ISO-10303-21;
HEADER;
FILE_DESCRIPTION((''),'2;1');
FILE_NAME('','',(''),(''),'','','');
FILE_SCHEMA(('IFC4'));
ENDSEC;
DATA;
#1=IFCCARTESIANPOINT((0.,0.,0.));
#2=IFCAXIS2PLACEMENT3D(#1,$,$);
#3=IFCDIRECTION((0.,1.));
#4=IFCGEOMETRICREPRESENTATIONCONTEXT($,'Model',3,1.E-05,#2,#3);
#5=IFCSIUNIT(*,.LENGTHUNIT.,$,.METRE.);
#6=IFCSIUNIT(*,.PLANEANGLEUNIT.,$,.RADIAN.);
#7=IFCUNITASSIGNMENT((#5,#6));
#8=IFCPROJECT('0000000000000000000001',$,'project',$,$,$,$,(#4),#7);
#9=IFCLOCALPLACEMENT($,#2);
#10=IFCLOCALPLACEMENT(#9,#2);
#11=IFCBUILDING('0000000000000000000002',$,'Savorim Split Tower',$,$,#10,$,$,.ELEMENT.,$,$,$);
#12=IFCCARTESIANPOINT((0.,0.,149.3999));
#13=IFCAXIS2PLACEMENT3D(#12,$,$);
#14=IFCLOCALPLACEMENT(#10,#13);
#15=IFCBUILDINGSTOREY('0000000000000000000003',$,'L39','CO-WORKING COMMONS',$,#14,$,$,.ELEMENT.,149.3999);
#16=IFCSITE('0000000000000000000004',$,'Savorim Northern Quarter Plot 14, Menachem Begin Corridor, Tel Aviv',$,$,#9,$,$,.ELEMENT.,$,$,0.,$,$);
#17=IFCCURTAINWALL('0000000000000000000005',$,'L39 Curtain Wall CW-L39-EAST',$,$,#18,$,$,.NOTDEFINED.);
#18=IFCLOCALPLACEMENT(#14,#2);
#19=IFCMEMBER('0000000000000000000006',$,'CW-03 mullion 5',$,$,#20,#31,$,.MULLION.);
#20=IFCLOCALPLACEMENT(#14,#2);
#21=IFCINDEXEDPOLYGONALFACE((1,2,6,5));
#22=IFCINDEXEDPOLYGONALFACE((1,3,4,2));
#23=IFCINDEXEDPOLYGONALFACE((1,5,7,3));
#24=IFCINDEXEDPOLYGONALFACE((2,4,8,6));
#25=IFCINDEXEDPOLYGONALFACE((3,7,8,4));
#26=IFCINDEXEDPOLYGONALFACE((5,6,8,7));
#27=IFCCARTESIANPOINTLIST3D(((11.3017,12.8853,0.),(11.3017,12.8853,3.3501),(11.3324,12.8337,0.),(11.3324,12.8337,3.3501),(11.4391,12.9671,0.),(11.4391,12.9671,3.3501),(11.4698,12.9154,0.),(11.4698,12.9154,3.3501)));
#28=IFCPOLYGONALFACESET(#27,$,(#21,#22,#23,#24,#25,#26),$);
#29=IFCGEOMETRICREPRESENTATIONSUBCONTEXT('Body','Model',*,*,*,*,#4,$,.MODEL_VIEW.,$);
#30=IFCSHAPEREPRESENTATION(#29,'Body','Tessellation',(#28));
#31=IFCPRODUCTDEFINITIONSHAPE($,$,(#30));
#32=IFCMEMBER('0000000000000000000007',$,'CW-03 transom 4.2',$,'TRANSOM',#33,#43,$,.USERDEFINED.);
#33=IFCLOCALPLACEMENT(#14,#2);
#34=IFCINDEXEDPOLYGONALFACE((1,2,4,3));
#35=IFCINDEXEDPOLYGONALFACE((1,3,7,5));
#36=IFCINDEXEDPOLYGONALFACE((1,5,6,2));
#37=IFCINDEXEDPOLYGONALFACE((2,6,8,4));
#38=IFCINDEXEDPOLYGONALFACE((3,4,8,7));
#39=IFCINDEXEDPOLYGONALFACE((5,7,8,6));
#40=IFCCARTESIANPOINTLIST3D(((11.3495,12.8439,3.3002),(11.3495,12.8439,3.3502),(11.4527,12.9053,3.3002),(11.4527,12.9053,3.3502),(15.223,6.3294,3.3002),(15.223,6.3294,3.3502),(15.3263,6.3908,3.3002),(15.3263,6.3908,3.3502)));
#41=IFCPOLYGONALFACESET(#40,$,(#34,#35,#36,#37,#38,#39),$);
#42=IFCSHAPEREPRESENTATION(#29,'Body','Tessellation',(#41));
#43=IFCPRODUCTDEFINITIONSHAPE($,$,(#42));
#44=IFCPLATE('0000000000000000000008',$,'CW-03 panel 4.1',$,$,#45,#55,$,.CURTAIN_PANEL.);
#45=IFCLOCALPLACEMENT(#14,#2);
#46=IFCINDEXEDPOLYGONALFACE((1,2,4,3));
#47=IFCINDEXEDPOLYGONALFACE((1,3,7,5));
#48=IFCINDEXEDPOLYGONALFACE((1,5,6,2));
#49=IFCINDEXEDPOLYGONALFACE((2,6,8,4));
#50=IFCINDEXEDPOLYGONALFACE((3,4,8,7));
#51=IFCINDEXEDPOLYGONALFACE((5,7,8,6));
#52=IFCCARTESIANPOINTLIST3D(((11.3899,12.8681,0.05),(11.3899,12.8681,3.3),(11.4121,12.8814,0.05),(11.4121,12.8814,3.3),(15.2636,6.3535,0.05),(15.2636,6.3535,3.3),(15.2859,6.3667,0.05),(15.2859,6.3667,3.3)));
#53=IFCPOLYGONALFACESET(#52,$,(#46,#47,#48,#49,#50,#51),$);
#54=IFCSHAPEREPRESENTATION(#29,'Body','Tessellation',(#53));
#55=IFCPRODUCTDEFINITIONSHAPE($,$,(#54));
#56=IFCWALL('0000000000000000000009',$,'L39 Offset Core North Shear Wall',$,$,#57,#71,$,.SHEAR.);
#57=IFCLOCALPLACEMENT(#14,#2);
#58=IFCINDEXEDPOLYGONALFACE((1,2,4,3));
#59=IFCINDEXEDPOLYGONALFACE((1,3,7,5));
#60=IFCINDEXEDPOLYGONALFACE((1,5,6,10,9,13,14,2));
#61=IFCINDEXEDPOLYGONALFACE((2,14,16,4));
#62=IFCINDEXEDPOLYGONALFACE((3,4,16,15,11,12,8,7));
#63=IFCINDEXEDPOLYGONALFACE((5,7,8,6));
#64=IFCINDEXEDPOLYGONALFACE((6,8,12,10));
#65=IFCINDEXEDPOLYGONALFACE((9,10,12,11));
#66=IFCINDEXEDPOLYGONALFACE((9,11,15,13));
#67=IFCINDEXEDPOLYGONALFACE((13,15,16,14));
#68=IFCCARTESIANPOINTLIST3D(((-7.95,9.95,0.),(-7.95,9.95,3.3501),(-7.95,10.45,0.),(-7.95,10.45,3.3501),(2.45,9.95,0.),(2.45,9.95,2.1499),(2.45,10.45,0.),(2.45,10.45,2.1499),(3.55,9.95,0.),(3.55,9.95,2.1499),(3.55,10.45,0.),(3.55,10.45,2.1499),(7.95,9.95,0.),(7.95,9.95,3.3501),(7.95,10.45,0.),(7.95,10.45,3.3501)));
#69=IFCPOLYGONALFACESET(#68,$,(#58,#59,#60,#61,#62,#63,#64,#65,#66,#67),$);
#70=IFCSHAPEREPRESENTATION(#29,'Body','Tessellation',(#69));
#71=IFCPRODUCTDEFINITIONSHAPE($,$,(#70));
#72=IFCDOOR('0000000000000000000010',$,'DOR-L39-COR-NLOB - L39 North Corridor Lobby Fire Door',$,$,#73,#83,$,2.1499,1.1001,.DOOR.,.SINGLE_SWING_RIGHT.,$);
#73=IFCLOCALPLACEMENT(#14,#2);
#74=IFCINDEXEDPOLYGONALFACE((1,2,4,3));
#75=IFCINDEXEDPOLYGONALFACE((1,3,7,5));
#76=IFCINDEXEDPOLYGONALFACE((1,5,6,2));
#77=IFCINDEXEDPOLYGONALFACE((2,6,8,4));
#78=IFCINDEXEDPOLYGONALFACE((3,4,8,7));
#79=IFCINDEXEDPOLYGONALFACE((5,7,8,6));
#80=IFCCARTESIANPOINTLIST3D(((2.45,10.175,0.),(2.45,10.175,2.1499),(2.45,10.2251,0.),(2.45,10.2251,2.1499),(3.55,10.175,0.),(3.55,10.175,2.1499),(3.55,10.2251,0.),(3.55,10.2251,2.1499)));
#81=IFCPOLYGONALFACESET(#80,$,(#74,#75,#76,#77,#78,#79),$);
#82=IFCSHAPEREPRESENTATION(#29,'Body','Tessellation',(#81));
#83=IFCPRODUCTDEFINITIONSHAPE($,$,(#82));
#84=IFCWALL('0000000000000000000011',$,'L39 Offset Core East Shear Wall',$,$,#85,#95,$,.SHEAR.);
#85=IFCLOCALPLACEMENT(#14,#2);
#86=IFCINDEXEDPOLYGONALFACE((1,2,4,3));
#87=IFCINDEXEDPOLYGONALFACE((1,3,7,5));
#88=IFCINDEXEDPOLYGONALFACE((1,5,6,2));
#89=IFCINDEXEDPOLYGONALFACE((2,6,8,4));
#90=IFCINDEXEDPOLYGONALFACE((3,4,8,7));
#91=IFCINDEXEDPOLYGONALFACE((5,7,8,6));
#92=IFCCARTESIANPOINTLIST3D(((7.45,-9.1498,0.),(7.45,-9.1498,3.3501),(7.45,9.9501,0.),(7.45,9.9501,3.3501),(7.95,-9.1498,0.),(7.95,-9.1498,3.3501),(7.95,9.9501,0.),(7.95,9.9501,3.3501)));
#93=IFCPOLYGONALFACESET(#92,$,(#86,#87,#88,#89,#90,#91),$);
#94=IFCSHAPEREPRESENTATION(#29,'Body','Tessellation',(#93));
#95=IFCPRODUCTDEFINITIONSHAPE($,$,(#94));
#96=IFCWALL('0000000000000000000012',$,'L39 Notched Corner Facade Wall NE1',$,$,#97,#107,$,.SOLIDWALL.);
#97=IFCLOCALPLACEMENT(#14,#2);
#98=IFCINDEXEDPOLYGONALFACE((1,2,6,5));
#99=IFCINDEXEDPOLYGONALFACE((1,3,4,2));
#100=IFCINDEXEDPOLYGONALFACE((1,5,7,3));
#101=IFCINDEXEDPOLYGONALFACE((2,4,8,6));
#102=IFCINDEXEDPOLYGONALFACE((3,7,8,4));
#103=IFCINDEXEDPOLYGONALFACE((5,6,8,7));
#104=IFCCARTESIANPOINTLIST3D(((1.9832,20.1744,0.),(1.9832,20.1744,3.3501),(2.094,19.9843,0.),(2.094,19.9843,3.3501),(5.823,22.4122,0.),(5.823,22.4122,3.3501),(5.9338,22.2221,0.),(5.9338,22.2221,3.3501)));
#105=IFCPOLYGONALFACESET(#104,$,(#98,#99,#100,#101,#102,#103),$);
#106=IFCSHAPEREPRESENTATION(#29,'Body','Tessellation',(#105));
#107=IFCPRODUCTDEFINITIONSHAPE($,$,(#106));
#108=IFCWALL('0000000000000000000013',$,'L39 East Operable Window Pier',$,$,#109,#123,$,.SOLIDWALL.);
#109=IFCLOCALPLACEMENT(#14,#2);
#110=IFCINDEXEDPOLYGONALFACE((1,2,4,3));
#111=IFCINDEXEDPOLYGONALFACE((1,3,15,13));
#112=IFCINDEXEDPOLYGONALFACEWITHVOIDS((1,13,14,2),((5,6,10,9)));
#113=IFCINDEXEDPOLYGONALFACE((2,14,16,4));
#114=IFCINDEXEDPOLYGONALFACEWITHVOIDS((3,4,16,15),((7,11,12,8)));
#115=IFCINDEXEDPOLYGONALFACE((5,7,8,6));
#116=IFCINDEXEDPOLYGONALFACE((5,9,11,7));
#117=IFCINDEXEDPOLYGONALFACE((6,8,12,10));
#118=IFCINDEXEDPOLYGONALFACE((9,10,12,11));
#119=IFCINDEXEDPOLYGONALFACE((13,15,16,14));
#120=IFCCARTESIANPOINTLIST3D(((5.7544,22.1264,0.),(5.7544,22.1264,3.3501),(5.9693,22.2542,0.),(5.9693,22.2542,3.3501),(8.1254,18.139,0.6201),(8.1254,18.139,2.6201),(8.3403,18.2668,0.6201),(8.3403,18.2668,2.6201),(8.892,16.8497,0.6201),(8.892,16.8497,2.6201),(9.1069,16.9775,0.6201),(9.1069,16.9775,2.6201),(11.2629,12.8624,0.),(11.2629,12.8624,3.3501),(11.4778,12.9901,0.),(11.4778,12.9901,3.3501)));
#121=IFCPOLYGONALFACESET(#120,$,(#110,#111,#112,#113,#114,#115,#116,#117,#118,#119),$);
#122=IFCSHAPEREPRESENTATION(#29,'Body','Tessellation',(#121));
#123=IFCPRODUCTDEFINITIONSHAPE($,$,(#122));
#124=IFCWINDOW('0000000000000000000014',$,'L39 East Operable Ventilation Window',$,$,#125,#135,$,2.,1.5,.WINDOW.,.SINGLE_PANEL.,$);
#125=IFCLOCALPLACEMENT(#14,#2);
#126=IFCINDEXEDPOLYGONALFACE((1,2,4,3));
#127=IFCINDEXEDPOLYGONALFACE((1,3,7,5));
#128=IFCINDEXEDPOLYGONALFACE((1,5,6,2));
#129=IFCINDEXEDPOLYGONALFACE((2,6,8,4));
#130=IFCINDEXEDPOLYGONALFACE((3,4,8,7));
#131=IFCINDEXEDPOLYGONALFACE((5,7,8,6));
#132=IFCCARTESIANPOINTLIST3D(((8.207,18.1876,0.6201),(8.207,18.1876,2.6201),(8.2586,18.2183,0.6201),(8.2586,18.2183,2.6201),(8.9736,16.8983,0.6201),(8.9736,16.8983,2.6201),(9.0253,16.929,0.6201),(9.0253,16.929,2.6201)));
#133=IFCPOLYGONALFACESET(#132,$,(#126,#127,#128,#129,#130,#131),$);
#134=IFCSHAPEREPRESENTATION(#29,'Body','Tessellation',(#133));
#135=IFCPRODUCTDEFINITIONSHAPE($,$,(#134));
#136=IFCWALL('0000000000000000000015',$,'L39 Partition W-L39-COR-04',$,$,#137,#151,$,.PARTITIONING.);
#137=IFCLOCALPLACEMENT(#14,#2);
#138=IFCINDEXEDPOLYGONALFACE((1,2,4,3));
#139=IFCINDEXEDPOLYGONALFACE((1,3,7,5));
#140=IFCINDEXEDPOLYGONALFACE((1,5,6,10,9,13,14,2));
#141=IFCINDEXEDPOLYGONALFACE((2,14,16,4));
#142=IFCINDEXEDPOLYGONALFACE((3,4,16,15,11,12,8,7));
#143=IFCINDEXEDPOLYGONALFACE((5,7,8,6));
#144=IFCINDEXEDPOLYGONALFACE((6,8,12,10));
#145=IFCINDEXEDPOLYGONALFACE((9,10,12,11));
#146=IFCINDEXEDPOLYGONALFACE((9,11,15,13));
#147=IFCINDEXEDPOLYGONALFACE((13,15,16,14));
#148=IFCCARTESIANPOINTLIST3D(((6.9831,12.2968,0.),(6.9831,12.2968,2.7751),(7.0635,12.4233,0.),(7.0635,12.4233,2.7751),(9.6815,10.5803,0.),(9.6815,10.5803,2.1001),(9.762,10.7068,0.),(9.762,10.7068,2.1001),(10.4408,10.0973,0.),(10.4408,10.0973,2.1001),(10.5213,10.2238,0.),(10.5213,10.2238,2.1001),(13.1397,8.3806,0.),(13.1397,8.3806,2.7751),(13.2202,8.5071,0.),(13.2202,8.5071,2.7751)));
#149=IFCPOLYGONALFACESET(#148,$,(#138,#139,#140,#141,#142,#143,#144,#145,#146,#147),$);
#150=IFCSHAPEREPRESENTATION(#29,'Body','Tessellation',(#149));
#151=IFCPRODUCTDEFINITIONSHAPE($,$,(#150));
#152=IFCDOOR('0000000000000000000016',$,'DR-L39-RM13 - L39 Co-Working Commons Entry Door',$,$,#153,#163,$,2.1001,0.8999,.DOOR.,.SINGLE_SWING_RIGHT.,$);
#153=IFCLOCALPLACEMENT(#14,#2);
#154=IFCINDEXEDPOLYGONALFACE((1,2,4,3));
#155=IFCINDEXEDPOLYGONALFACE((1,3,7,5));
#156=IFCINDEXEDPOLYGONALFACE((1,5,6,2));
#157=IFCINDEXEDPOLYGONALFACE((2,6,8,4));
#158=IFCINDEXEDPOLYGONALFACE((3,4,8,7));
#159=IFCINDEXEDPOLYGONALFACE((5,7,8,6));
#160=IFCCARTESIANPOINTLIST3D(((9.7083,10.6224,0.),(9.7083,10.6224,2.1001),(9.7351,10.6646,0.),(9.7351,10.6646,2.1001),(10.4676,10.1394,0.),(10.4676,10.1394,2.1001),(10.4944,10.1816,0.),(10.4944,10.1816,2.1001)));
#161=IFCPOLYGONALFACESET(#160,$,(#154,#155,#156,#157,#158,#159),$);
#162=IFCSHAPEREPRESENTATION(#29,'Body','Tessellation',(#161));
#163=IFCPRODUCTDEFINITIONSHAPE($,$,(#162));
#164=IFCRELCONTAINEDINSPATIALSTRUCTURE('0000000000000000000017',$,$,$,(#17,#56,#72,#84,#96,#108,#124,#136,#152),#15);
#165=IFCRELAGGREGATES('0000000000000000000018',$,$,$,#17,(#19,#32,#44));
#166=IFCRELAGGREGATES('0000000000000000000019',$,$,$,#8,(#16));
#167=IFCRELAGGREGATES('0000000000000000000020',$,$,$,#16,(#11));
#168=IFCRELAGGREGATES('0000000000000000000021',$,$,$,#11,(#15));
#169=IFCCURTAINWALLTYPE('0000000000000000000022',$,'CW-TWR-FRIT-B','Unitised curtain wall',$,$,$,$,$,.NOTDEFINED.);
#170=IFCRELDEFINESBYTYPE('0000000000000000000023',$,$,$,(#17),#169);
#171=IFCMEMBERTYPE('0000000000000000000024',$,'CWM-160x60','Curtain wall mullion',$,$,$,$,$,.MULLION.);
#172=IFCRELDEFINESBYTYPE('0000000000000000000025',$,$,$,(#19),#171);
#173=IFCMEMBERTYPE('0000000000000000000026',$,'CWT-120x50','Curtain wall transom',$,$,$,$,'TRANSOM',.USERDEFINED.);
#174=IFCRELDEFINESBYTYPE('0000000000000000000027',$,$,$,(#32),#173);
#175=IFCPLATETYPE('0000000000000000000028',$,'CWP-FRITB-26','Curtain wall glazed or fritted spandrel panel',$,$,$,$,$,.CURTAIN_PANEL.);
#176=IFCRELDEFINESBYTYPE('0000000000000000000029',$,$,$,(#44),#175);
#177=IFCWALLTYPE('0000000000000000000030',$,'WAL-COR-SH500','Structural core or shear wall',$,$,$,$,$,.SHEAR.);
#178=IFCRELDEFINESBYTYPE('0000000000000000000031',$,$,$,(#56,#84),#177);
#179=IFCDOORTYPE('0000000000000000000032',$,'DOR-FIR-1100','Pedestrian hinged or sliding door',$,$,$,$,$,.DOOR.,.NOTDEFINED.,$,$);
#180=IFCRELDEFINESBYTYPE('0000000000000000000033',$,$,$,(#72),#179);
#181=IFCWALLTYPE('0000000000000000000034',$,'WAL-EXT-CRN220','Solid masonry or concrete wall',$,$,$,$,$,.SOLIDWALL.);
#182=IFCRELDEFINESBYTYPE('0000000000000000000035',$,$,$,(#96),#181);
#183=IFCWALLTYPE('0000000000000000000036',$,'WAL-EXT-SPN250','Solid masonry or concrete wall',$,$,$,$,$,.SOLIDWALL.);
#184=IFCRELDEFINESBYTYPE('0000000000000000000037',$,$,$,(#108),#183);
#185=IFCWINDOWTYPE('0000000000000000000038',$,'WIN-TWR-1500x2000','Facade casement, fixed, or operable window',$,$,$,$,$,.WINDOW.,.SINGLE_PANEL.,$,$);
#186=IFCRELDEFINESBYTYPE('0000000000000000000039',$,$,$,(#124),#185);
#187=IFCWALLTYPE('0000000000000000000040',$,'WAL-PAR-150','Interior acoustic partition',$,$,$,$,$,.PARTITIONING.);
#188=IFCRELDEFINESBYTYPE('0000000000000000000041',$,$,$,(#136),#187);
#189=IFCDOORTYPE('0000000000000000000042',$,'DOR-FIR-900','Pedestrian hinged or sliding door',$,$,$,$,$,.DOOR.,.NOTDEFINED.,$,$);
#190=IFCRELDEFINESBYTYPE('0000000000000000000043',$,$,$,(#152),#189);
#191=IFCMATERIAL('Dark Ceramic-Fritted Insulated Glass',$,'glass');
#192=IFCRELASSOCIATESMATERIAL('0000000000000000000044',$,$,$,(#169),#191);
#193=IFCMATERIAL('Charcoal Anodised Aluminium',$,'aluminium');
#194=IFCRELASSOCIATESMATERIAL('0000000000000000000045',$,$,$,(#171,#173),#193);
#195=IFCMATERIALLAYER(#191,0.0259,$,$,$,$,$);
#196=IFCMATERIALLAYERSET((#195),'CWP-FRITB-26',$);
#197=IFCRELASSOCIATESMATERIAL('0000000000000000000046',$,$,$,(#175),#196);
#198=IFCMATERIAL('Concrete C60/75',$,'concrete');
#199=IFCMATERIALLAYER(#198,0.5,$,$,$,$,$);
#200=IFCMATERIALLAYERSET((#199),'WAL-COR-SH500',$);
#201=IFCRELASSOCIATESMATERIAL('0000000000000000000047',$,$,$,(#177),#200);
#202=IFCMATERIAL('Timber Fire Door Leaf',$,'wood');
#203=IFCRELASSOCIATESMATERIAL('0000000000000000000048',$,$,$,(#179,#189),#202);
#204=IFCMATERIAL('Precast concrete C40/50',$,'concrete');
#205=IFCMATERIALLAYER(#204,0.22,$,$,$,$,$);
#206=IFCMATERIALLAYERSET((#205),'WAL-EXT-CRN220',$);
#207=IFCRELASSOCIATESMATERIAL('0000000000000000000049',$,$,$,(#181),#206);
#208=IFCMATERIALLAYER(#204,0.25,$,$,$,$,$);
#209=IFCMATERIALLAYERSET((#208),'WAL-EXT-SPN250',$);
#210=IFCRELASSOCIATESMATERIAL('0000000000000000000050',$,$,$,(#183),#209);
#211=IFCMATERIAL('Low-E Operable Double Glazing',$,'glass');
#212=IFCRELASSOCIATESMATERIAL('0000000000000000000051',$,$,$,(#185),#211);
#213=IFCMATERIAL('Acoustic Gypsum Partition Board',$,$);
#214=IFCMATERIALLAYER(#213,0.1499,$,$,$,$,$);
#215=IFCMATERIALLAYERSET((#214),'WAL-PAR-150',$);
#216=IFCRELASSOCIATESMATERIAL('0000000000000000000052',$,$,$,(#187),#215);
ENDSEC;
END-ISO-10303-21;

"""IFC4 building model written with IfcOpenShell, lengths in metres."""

from ifc_helpers import new_model, si_unit, direction, frame, frame_2d, origin, origin_2d, place, context, subcontext, project, spatial, rectangle, extrude, material, layer, layer_set, material_profile, profile_set, type_object, element, fill, aggregate, save


model = new_model("IFC4")

# Units and contexts
model_context = context("Model", 3, precision=1e-05, world=origin(), true_north=direction((0.0, 1.0)))
body_context = subcontext(model_context, "Body", "Model", "MODEL_VIEW")
ifc_project = project(units=[si_unit("LENGTHUNIT", "METRE"), si_unit("PLANEANGLEUNIT", "RADIAN")], contexts=[model_context])

# Site, building, storey
site_placement = place(None, origin())
site = spatial("IfcSite", under=ifc_project, at=site_placement, Name="Savorim Northern Quarter Plot 14, Menachem Begin Corridor, Tel Aviv", CompositionType="ELEMENT", RefElevation=0.0)
building_placement = place(site_placement, origin())
building = spatial("IfcBuilding", under=site, at=building_placement, Name="Savorim Split Tower", CompositionType="ELEMENT")
storey_placement = place(building_placement, frame((0.0, 0.0, 149.3999)))
storey = spatial("IfcBuildingStorey", under=building, at=storey_placement, Name="L39", Description="CO-WORKING COMMONS", CompositionType="ELEMENT", Elevation=149.3999)

# Curtain wall, members, plate
ifc_material_1 = material(Name="Dark Ceramic-Fritted Insulated Glass", Category="glass")
curtain_wall_type = type_object("IfcCurtainWallType", Name="CW-TWR-FRIT-B", Description="Unitised curtain wall", PredefinedType="NOTDEFINED", material=ifc_material_1)
curtain_wall_placement = place(storey_placement, origin())
curtain_wall = element("IfcCurtainWall", 1, at=curtain_wall_placement, inside=storey, type_object=curtain_wall_type, Name="L39 Curtain Wall CW-L39-EAST", PredefinedType="NOTDEFINED")
ifc_material_2 = material(Name="Charcoal Anodised Aluminium", Category="aluminium")
ifc_material_profile_1 = material_profile(ifc_material_2, rectangle(XDim=0.1599, YDim=0.0601, at=origin_2d()), Name="ALU-M 160x60")
ifc_profile_set_1 = profile_set([ifc_material_profile_1], Name="Charcoal Anodised Aluminium")
member_type_1 = type_object("IfcMemberType", Name="CWM-160x60", Description="Curtain wall mullion", PredefinedType="MULLION", material=ifc_profile_set_1)
member_1_placement = place(storey_placement, frame((11.3857, 12.9004, 0.0), z_axis=(0.0, 0.0, 1.0), x_axis=(-0.859526, -0.511091, 0.0)))
member_1 = element("IfcMember", 2, at=member_1_placement, type_object=member_type_1, Name="CW-03 mullion 5", PredefinedType="MULLION", context=body_context, shape_type="SweptSolid", body=[
    extrude(rectangle(XDim=0.1599, YDim=0.0601, at=origin_2d()), origin(), (0.0, 0.0, 1.0), 3.3501),
])
ifc_material_profile_2 = material_profile(ifc_material_2, rectangle(XDim=0.1201, YDim=0.05, at=origin_2d()), Name="ALU-T 120x50")
ifc_profile_set_2 = profile_set([ifc_material_profile_2], Name="Charcoal Anodised Aluminium")
member_type_2 = type_object("IfcMemberType", Name="CWT-120x50", Description="Curtain wall transom", ElementType="TRANSOM", PredefinedType="USERDEFINED", material=ifc_profile_set_2)
member_2_placement = place(storey_placement, frame((15.2747, 6.3601, 3.3252), z_axis=(-0.511086, 0.85953, 0.0), x_axis=(-0.85953, -0.511086, 0.0)))
member_2 = element("IfcMember", 3, at=member_2_placement, type_object=member_type_2, Name="CW-03 transom 4.2", ObjectType="TRANSOM", PredefinedType="USERDEFINED", context=body_context, shape_type="SweptSolid", body=[
    extrude(rectangle(XDim=0.1201, YDim=0.05, at=origin_2d()), origin(), (0.0, 0.0, 1.0), 7.5791),
])
ifc_layer_1 = layer(ifc_material_1, 0.0259)
ifc_layer_set_1 = layer_set([ifc_layer_1], Name="CWP-FRITB-26")
plate_type = type_object("IfcPlateType", Name="CWP-FRITB-26", Description="Curtain wall glazed or fritted spandrel panel", PredefinedType="CURTAIN_PANEL", material=ifc_layer_set_1)
plate_placement = place(storey_placement, frame((13.3379, 9.6174, 0.05), z_axis=(0.0, 0.0, 1.0), x_axis=(-0.511091, 0.859526, 0.0)))
plate = element("IfcPlate", 4, at=plate_placement, type_object=plate_type, Name="CW-03 panel 4.1", PredefinedType="CURTAIN_PANEL", context=body_context, shape_type="SweptSolid", body=[
    extrude(rectangle(XDim=7.5793, YDim=0.0259, at=origin_2d()), origin(), (0.0, 0.0, 1.0), 3.25),
])
aggregate(curtain_wall, [member_1, member_2, plate])

# Wall, opening, door
ifc_material_3 = material(Name="Concrete C60/75", Category="concrete")
ifc_layer_2 = layer(ifc_material_3, 0.5)
ifc_layer_set_2 = layer_set([ifc_layer_2], Name="WAL-COR-SH500")
wall_type_1 = type_object("IfcWallType", Name="WAL-COR-SH500", Description="Structural core or shear wall", PredefinedType="SHEAR", material=ifc_layer_set_2)
wall_1_placement = place(storey_placement, frame((7.95, 10.2, 0.0), z_axis=(0.0, 0.0, 1.0), x_axis=(-1.0, 0.0, 0.0)))
wall_1 = element("IfcWall", 5, at=wall_1_placement, inside=storey, type_object=wall_type_1, Name="L39 Offset Core North Shear Wall", PredefinedType="SHEAR", context=body_context, shape_type="SweptSolid", body=[
    extrude(rectangle(XDim=15.8999, YDim=0.5, at=frame_2d((7.95, 0.0))), origin(), (0.0, 0.0, 1.0), 3.3501),
])
opening_1_placement = place(wall_1_placement, frame((4.3999, 0.0, 0.0)))
opening_1 = element("IfcOpeningElement", 6, at=opening_1_placement, cuts=wall_1, PredefinedType="OPENING", context=body_context, shape_type="SweptSolid", body=[
    extrude(rectangle(XDim=1.1001, YDim=2.1499, at=frame_2d((0.55, 1.075))), frame((0.0, 0.26, 0.0), z_axis=(0.0, -1.0, 0.0), x_axis=(1.0, 0.0, 0.0)), (0.0, 0.0, 1.0), 0.52),
])
ifc_material_4 = material(Name="Timber Fire Door Leaf", Category="wood")
door_type_1 = type_object("IfcDoorType", Name="DOR-FIR-1100", Description="Pedestrian hinged or sliding door", OperationType="NOTDEFINED", PredefinedType="DOOR", material=ifc_material_4)
door_1_placement = place(opening_1_placement, origin())
door_1 = element("IfcDoor", 7, at=door_1_placement, inside=storey, type_object=door_type_1, Name="DOR-L39-COR-NLOB - L39 North Corridor Lobby Fire Door", OperationType="SINGLE_SWING_RIGHT", OverallHeight=2.1499, OverallWidth=1.1001, PredefinedType="DOOR", context=body_context, shape_type="SweptSolid", body=[
    extrude(rectangle(XDim=1.1001, YDim=2.1499, at=frame_2d((0.55, 1.075))), frame((0.0, 0.0249, 0.0), z_axis=(0.0, -1.0, 0.0), x_axis=(1.0, 0.0, 0.0)), (0.0, 0.0, 1.0), 0.05),
])
fill(opening_1, door_1)

# Walls
wall_2_placement = place(storey_placement, frame((7.7, 9.95, 0.0), z_axis=(0.0, 0.0, 1.0), x_axis=(0.0, -1.0, 0.0)))
element("IfcWall", 8, at=wall_2_placement, inside=storey, type_object=wall_type_1, Name="L39 Offset Core East Shear Wall", PredefinedType="SHEAR", context=body_context, shape_type="SweptSolid", body=[
    extrude(rectangle(XDim=19.0999, YDim=0.5, at=frame_2d((9.5498, 0.0))), origin(), (0.0, 0.0, 1.0), 3.3501),
])
ifc_material_5 = material(Name="Precast concrete C40/50", Category="concrete")
ifc_layer_3 = layer(ifc_material_5, 0.22)
ifc_layer_set_3 = layer_set([ifc_layer_3], Name="WAL-EXT-CRN220")
wall_type_2 = type_object("IfcWallType", Name="WAL-EXT-CRN220", Description="Solid masonry or concrete wall", PredefinedType="SOLIDWALL", material=ifc_layer_set_3)
wall_3_placement = place(storey_placement, frame((2.0386, 20.0793, 0.0), z_axis=(0.0, 0.0, 1.0), x_axis=(0.863986, 0.503516, 0.0)))
element("IfcWall", 9, at=wall_3_placement, inside=storey, type_object=wall_type_2, Name="L39 Notched Corner Facade Wall NE1", PredefinedType="SOLIDWALL", context=body_context, shape_type="SweptSolid", body=[
    extrude(rectangle(XDim=4.4443, YDim=0.22, at=frame_2d((2.2222, 0.0))), origin(), (0.0, 0.0, 1.0), 3.3501),
])

# Wall, opening, window
ifc_layer_4 = layer(ifc_material_5, 0.25)
ifc_layer_set_4 = layer_set([ifc_layer_4], Name="WAL-EXT-SPN250")
wall_type_3 = type_object("IfcWallType", Name="WAL-EXT-SPN250", Description="Solid masonry or concrete wall", PredefinedType="SOLIDWALL", material=ifc_layer_set_4)
wall_4_placement = place(storey_placement, frame((5.8618, 22.1904, 0.0), z_axis=(0.0, 0.0, 1.0), x_axis=(0.511084, -0.859531, 0.0)))
wall_4 = element("IfcWall", 10, at=wall_4_placement, inside=storey, type_object=wall_type_3, Name="L39 East Operable Window Pier", PredefinedType="SOLIDWALL", context=body_context, shape_type="SweptSolid", body=[
    extrude(rectangle(XDim=10.7781, YDim=0.25, at=frame_2d((5.3892, 0.0))), origin(), (0.0, 0.0, 1.0), 3.3501),
])
opening_2_placement = place(wall_4_placement, frame((4.6392, 0.0, 0.6201)))
opening_2 = element("IfcOpeningElement", 11, at=opening_2_placement, cuts=wall_4, PredefinedType="OPENING", context=body_context, shape_type="SweptSolid", body=[
    extrude(rectangle(XDim=1.5, YDim=2.0, at=frame_2d((0.75, 1.0))), frame((0.0, 0.135, 0.0), z_axis=(0.0, -1.0, 0.0), x_axis=(1.0, 0.0, 0.0)), (0.0, 0.0, 1.0), 0.27),
])
ifc_material_6 = material(Name="Low-E Operable Double Glazing", Category="glass")
window_type = type_object("IfcWindowType", Name="WIN-TWR-1500x2000", Description="Facade casement, fixed, or operable window", PartitioningType="SINGLE_PANEL", PredefinedType="WINDOW", material=ifc_material_6)
window_placement = place(opening_2_placement, origin())
window = element("IfcWindow", 12, at=window_placement, inside=storey, type_object=window_type, Name="L39 East Operable Ventilation Window", OverallHeight=2.0, OverallWidth=1.5, PartitioningType="SINGLE_PANEL", PredefinedType="WINDOW", context=body_context, shape_type="SweptSolid", body=[
    extrude(rectangle(XDim=1.5, YDim=2.0, at=frame_2d((0.75, 1.0))), frame((0.0, 0.03, 0.0), z_axis=(0.0, -1.0, 0.0), x_axis=(1.0, 0.0, 0.0)), (0.0, 0.0, 1.0), 0.0601),
])
fill(opening_2, window)

# Wall, opening, door
ifc_material_7 = material(Name="Acoustic Gypsum Partition Board")
ifc_layer_5 = layer(ifc_material_7, 0.1499)
ifc_layer_set_5 = layer_set([ifc_layer_5], Name="WAL-PAR-150")
wall_type_4 = type_object("IfcWallType", Name="WAL-PAR-150", Description="Interior acoustic partition", PredefinedType="PARTITIONING", material=ifc_layer_set_5)
wall_5_placement = place(storey_placement, frame((7.0232, 12.3601, 0.0), z_axis=(0.0, 0.0, 1.0), x_axis=(0.843765, -0.536713, 0.0)))
wall_5 = element("IfcWall", 13, at=wall_5_placement, inside=storey, type_object=wall_type_4, Name="L39 Partition W-L39-COR-04", PredefinedType="PARTITIONING", context=body_context, shape_type="SweptSolid", body=[
    extrude(rectangle(XDim=7.2966, YDim=0.1499, at=frame_2d((3.6484, 0.0))), origin(), (0.0, 0.0, 1.0), 2.7751),
])
opening_3_placement = place(wall_5_placement, frame((3.1982, 0.0, 0.0)))
opening_3 = element("IfcOpeningElement", 14, at=opening_3_placement, cuts=wall_5, PredefinedType="OPENING", context=body_context, shape_type="SweptSolid", body=[
    extrude(rectangle(XDim=0.8999, YDim=2.1001, at=frame_2d((0.45, 1.05))), frame((0.0, 0.085, 0.0), z_axis=(0.0, -1.0, 0.0), x_axis=(1.0, 0.0, 0.0)), (0.0, 0.0, 1.0), 0.1699),
])
door_type_2 = type_object("IfcDoorType", Name="DOR-FIR-900", Description="Pedestrian hinged or sliding door", OperationType="NOTDEFINED", PredefinedType="DOOR", material=ifc_material_4)
door_2_placement = place(opening_3_placement, origin())
door_2 = element("IfcDoor", 15, at=door_2_placement, inside=storey, type_object=door_type_2, Name="DR-L39-RM13 - L39 Co-Working Commons Entry Door", OperationType="SINGLE_SWING_RIGHT", OverallHeight=2.1001, OverallWidth=0.8999, PredefinedType="DOOR", context=body_context, shape_type="SweptSolid", body=[
    extrude(rectangle(XDim=0.8999, YDim=2.1001, at=frame_2d((0.45, 1.05))), frame((0.0, 0.0249, 0.0), z_axis=(0.0, -1.0, 0.0), x_axis=(1.0, 0.0, 0.0)), (0.0, 0.0, 1.0), 0.05),
])
fill(opening_3, door_2)

save(model, "model.ifc")
